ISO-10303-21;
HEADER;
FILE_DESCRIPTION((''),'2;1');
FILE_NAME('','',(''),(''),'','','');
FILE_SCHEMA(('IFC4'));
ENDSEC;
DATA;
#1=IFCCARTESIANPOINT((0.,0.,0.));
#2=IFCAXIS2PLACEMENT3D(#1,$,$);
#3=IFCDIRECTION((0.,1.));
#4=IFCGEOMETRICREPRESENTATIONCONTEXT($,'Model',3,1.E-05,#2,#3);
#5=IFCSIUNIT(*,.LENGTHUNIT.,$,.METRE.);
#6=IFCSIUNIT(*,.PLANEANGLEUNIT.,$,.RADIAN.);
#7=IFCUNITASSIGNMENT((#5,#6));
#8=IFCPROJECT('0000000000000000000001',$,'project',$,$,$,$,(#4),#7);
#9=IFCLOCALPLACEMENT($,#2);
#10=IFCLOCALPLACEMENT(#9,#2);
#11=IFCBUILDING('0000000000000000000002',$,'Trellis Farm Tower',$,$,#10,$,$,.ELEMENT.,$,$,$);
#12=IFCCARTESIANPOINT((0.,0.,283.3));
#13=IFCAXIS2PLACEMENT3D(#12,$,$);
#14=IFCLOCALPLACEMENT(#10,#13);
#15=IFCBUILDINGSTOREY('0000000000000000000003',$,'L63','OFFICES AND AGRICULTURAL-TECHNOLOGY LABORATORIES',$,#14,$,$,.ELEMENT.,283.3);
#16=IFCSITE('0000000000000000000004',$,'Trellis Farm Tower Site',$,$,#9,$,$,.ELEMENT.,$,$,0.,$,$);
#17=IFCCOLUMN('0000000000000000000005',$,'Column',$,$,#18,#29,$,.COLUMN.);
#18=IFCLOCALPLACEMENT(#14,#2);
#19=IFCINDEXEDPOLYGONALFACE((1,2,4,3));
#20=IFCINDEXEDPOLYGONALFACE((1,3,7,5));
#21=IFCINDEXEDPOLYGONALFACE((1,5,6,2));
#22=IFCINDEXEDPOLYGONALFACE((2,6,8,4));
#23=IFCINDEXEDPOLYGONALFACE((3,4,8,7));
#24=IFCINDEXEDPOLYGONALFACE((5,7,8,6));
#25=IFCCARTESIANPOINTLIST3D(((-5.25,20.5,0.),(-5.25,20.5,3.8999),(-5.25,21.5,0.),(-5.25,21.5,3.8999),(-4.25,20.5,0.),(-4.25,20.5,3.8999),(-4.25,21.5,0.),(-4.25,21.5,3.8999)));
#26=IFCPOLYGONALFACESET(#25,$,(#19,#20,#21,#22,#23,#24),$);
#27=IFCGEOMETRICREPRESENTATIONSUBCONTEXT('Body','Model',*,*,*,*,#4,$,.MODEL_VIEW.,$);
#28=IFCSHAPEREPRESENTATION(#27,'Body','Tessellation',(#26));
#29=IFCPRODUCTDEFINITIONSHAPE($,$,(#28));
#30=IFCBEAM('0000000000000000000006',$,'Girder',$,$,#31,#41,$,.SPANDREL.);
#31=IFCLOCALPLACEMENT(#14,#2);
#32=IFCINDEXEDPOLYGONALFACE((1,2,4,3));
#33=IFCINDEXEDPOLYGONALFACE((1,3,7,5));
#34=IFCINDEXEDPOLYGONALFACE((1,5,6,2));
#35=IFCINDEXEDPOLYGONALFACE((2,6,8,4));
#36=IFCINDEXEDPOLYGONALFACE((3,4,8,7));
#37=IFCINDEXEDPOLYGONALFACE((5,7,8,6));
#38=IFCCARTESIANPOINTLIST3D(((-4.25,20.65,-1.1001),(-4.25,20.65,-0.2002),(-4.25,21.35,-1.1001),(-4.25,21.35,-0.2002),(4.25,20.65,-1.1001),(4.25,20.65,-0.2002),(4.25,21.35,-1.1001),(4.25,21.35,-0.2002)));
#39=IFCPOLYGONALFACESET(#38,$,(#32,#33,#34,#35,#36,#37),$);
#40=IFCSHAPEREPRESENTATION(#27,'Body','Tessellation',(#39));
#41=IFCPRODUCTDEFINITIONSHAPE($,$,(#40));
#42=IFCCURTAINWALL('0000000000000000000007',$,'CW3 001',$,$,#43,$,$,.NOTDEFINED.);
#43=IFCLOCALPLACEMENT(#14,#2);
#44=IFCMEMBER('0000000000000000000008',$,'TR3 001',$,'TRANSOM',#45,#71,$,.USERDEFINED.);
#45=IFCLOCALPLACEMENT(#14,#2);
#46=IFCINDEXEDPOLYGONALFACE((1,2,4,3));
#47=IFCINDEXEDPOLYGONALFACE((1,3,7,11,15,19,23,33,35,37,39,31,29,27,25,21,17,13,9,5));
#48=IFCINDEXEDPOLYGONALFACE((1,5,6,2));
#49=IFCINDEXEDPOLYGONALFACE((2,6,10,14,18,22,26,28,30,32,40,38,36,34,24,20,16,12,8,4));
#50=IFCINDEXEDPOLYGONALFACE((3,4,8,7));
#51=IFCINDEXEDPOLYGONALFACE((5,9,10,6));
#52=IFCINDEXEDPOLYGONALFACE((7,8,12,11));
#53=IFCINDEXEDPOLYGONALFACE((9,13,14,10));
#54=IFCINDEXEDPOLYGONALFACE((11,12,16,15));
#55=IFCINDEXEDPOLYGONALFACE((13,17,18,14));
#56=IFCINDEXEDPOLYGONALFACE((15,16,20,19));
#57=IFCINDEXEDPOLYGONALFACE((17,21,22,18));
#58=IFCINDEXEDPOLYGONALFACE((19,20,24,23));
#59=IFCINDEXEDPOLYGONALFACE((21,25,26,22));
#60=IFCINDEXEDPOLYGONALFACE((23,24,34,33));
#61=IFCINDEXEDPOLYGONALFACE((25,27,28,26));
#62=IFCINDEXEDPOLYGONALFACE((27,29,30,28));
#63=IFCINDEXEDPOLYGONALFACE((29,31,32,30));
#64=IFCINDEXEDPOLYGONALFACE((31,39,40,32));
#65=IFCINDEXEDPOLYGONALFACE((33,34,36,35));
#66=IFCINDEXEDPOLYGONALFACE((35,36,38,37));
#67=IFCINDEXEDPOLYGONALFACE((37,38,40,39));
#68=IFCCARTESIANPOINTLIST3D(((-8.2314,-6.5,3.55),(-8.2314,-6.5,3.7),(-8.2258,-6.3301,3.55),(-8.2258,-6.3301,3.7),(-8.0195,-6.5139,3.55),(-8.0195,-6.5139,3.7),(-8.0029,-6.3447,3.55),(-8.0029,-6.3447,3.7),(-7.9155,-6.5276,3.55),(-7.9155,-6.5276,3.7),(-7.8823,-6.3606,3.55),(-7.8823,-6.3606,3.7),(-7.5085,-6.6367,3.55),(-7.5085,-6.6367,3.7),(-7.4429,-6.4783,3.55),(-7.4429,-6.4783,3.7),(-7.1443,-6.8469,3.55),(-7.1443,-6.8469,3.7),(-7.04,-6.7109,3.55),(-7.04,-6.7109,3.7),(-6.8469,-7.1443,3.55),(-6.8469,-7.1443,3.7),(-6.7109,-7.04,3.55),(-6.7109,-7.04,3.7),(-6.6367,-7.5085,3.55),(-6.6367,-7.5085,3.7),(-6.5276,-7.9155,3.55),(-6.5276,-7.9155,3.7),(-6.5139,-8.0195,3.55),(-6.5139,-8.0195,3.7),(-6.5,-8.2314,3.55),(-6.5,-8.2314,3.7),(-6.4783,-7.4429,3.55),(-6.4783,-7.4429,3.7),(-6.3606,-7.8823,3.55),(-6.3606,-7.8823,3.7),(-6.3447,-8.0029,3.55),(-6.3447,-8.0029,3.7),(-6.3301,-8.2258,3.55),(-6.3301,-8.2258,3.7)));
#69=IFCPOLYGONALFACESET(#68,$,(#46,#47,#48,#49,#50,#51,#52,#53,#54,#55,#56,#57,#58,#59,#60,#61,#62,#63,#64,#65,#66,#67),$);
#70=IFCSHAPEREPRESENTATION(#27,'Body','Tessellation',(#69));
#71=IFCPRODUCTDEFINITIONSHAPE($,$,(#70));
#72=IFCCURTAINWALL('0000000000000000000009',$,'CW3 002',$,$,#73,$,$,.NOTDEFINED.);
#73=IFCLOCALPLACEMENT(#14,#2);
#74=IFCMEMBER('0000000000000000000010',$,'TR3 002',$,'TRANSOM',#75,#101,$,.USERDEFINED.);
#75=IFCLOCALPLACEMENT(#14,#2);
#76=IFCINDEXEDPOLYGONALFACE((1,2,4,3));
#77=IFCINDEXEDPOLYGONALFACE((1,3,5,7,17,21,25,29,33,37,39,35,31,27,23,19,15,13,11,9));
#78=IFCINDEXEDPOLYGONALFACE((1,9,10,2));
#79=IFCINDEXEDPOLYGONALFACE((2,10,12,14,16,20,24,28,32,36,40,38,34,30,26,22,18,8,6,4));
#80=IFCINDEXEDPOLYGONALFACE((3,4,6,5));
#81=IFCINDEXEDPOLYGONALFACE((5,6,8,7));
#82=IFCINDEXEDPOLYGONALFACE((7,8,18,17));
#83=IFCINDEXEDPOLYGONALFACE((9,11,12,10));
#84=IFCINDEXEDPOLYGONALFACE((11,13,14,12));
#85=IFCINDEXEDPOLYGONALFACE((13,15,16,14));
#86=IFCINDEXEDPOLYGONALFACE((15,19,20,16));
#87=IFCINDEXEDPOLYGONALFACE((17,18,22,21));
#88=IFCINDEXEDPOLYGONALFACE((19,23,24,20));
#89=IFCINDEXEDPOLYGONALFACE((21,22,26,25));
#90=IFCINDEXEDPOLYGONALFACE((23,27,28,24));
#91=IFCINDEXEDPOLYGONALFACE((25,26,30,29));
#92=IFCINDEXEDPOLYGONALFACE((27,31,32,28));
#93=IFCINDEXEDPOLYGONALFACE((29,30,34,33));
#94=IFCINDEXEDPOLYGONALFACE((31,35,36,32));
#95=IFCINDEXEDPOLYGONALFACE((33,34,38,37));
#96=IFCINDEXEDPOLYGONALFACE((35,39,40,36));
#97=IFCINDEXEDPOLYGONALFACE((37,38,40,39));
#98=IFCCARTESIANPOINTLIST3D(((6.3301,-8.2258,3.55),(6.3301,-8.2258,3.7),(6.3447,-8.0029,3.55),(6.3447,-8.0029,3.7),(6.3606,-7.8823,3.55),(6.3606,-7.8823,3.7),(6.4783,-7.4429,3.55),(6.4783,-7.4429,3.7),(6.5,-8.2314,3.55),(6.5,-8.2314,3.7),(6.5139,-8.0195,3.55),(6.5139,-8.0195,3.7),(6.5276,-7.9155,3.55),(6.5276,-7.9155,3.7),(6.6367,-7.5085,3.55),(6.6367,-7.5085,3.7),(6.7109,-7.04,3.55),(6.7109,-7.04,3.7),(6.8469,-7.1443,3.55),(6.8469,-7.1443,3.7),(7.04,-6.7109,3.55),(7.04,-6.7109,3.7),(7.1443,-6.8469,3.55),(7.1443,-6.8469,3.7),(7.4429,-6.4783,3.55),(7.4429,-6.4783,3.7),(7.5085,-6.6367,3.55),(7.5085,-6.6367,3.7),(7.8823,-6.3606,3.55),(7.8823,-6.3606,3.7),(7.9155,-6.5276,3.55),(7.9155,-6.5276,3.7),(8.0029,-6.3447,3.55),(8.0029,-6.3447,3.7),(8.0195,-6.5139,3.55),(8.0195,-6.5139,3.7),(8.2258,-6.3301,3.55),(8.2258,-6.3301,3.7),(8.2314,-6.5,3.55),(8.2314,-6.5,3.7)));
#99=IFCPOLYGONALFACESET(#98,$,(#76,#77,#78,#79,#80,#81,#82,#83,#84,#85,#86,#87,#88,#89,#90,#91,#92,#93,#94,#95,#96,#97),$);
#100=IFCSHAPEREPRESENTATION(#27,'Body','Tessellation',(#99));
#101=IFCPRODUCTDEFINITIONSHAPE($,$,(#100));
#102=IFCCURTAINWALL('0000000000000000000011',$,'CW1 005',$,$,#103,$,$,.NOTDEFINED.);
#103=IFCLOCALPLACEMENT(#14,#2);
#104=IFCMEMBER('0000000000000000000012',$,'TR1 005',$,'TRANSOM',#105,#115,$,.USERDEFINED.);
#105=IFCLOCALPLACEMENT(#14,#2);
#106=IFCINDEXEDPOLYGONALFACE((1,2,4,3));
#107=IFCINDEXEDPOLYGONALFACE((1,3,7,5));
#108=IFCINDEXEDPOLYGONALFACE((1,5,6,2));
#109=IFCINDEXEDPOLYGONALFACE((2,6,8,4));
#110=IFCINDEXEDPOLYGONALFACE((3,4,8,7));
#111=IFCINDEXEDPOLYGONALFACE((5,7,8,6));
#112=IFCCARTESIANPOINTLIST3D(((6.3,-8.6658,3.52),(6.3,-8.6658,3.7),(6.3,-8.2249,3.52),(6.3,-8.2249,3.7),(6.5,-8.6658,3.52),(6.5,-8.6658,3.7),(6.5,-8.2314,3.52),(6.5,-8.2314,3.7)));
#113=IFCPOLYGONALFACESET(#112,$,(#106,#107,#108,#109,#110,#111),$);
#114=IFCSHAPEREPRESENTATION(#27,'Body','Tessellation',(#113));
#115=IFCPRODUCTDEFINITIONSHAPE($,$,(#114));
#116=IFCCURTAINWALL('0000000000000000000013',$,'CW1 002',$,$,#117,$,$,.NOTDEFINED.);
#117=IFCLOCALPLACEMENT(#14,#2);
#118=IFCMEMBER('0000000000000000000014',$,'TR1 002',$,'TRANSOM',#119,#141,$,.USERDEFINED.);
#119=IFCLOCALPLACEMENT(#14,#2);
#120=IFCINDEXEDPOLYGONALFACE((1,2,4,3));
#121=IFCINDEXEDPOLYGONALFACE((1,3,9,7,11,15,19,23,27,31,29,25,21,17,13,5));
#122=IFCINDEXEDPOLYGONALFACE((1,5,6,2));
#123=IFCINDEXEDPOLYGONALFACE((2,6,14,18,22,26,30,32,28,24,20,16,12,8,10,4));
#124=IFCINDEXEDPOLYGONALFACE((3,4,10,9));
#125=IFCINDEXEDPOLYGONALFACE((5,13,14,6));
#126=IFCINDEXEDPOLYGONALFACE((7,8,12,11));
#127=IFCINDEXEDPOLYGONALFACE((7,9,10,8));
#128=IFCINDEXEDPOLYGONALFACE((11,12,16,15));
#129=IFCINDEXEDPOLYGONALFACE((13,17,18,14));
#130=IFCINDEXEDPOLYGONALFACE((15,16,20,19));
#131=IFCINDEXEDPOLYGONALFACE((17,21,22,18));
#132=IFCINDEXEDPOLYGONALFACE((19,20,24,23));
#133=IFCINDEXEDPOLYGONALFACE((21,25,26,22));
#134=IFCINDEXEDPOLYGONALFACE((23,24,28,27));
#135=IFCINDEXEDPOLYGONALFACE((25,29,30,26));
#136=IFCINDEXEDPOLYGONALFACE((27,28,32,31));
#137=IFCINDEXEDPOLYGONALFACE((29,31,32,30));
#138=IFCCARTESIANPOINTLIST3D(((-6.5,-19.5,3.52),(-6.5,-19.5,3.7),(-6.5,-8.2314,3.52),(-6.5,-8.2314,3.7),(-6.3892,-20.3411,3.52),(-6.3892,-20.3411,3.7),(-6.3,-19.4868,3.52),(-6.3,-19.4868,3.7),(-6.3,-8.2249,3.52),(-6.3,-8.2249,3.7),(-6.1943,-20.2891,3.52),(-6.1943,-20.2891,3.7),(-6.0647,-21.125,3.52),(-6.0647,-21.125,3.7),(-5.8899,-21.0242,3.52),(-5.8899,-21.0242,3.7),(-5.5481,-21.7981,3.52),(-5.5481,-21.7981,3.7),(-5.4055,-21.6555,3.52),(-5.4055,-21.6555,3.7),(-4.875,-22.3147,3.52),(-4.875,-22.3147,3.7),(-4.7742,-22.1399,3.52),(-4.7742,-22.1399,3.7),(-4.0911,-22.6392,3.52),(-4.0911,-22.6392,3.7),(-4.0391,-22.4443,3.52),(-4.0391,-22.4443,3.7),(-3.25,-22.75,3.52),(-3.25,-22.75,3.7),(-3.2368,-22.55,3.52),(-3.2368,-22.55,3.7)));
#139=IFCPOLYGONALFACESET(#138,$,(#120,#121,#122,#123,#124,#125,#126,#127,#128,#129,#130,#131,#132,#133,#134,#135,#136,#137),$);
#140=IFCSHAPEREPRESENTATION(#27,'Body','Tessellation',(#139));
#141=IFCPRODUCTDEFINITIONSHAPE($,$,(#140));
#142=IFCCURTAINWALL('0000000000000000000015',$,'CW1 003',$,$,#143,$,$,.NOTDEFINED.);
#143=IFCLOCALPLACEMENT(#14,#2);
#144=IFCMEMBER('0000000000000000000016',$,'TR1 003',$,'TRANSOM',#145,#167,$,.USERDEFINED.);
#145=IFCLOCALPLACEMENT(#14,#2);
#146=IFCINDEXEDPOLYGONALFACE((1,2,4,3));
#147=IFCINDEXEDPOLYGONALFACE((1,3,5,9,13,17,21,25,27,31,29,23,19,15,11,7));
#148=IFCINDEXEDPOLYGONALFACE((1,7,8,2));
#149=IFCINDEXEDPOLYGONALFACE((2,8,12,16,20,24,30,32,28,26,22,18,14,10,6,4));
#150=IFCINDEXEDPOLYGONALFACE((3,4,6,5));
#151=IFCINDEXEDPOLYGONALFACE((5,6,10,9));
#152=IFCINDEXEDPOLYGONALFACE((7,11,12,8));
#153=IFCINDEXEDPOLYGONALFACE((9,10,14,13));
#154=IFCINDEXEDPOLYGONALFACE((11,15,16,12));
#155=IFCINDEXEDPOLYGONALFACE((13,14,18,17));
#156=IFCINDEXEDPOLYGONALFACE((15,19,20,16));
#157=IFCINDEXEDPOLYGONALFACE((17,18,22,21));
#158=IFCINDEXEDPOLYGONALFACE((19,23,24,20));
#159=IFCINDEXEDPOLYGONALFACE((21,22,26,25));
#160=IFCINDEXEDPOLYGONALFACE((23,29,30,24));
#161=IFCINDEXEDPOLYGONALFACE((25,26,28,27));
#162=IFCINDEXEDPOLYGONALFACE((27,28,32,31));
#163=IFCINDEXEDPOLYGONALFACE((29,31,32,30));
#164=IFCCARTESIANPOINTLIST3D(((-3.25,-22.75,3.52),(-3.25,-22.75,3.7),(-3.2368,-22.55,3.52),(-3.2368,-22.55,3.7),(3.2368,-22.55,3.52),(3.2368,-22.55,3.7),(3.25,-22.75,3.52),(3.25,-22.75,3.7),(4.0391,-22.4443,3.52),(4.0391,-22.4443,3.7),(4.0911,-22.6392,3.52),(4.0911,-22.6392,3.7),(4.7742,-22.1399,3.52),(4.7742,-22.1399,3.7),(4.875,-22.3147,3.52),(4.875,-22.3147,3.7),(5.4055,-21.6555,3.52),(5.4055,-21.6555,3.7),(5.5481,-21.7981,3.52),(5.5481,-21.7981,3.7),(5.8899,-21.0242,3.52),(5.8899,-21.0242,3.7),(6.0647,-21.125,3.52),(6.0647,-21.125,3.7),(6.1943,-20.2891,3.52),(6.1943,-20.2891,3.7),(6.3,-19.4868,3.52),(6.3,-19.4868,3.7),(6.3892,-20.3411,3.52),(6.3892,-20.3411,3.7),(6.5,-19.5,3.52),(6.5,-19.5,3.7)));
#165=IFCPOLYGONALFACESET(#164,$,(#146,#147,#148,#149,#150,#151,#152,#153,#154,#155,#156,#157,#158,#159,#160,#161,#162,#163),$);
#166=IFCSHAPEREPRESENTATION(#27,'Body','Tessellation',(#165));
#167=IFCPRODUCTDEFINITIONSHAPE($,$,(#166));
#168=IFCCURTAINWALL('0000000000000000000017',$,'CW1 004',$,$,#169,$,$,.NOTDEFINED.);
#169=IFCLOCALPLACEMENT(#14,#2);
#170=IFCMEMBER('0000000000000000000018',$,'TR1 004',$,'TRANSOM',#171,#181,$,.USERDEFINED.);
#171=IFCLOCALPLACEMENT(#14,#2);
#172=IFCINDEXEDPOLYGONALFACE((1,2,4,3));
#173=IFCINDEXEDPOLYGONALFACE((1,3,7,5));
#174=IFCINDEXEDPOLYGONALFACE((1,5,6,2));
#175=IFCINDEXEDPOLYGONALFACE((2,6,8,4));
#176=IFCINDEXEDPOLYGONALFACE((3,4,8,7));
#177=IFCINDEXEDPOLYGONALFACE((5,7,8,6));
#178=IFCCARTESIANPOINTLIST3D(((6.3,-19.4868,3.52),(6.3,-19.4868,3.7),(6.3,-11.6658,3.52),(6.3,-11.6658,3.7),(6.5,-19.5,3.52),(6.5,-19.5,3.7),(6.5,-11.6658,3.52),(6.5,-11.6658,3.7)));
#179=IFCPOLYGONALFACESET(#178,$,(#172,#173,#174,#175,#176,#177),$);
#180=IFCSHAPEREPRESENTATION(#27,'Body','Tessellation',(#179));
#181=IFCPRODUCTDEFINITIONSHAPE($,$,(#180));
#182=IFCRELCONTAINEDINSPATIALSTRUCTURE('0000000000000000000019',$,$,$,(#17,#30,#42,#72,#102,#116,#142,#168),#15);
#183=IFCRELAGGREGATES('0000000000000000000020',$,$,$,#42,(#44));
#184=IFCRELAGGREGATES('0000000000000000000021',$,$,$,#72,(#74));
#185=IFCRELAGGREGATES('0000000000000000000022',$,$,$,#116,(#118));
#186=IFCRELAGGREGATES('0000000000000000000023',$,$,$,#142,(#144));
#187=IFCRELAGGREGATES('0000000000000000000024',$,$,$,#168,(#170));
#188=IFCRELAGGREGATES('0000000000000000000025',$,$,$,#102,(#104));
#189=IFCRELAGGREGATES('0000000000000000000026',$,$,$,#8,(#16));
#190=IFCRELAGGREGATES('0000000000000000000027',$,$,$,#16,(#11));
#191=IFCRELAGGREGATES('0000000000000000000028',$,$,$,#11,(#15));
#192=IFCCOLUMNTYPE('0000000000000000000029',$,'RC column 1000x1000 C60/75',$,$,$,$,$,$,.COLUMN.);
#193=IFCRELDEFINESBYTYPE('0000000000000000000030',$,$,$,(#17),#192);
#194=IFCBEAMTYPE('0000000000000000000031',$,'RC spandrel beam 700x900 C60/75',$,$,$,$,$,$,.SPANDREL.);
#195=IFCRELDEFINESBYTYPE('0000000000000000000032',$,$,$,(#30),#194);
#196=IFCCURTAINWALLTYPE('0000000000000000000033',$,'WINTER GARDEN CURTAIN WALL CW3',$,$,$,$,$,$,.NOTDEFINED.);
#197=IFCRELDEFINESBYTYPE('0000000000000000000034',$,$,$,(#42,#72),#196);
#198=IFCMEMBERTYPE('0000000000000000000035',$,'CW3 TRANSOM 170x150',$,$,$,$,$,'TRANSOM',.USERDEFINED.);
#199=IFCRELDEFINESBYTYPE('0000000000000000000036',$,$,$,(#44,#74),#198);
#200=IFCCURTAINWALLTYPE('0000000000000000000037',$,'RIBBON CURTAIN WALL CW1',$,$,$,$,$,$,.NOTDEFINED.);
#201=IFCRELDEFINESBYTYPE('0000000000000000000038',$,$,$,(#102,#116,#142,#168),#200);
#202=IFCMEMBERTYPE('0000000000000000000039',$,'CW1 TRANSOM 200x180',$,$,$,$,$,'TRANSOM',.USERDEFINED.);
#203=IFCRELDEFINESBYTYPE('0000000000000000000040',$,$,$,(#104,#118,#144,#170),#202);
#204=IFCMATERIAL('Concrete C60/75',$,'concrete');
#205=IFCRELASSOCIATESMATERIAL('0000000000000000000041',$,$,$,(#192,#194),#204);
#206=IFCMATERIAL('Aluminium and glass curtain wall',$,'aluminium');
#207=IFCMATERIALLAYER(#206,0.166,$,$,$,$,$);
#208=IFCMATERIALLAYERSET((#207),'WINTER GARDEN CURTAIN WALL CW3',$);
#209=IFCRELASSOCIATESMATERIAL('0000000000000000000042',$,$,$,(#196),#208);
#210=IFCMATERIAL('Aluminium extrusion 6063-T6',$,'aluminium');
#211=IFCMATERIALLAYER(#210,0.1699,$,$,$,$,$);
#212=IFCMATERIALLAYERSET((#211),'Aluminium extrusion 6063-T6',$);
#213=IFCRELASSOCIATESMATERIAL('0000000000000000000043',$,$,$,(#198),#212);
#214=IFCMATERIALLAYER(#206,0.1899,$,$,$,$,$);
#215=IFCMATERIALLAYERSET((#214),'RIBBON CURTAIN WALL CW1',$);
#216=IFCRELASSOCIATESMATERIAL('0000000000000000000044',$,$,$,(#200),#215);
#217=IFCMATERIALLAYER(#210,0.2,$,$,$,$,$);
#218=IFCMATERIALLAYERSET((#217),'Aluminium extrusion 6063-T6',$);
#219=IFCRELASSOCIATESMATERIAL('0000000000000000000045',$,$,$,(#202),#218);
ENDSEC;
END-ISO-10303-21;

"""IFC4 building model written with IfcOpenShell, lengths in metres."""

from ifc_helpers import new_model, si_unit, direction, frame, origin, origin_2d, place, context, subcontext, project, spatial, polyline, rectangle, outline, extrude, source, transform, mapped, material, layer, layer_set, material_profile, profile_set, type_object, element, aggregate, save


model = new_model("IFC4")

# Units and contexts
model_context = context("Model", 3, precision=1e-05, world=origin(), true_north=direction((0.0, 1.0)))
body_context = subcontext(model_context, "Body", "Model", "MODEL_VIEW")
ifc_project = project(units=[si_unit("LENGTHUNIT", "METRE"), si_unit("PLANEANGLEUNIT", "RADIAN")], contexts=[model_context])

# Site, building, storey
site_placement = place(None, origin())
site = spatial("IfcSite", under=ifc_project, at=site_placement, Name="Trellis Farm Tower Site", CompositionType="ELEMENT", RefElevation=0.0)
building_placement = place(site_placement, origin())
building = spatial("IfcBuilding", under=site, at=building_placement, Name="Trellis Farm Tower", CompositionType="ELEMENT")
storey_placement = place(building_placement, frame((0.0, 0.0, 283.3)))
storey = spatial("IfcBuildingStorey", under=building, at=storey_placement, Name="L63", Description="OFFICES AND AGRICULTURAL-TECHNOLOGY LABORATORIES", CompositionType="ELEMENT", Elevation=283.3)

# Column
ifc_material_1 = material(Name="Concrete C60/75", Category="concrete")
ifc_material_profile_1 = material_profile(ifc_material_1, rectangle(XDim=1.0, YDim=1.0, at=origin_2d()), Name="RC column 1000x1000 C60/75")
ifc_profile_set_1 = profile_set([ifc_material_profile_1], Name="Concrete C60/75")
column_type = type_object("IfcColumnType", Name="RC column 1000x1000 C60/75", PredefinedType="COLUMN", material=ifc_profile_set_1)
shared_shape_1 = source(origin(), body_context, "Body", "SweptSolid", [
    extrude(rectangle(XDim=1.0, YDim=1.0, at=origin_2d()), origin(), (0.0, 0.0, 1.0), 3.8999),
])
column_placement = place(storey_placement, frame((-4.75, 21.0, 0.0), z_axis=(0.0, 0.0, 1.0), x_axis=(1.0, 0.0, 0.0)))
element("IfcColumn", 1, at=column_placement, inside=storey, type_object=column_type, Name="Column", PredefinedType="COLUMN", context=body_context, shape_type="MappedRepresentation", body=[
    mapped(shared_shape_1, transform((0.0, 0.0, 0.0))),
])

# Beam
ifc_material_profile_2 = material_profile(ifc_material_1, rectangle(XDim=0.7, YDim=0.8999, at=origin_2d()), Name="RC spandrel beam 700x900 C60/75")
ifc_profile_set_2 = profile_set([ifc_material_profile_2], Name="Concrete C60/75")
beam_type = type_object("IfcBeamType", Name="RC spandrel beam 700x900 C60/75", PredefinedType="SPANDREL", material=ifc_profile_set_2)
shared_shape_2 = source(origin(), body_context, "Body", "SweptSolid", [
    extrude(rectangle(XDim=0.7, YDim=0.8999, at=origin_2d()), origin(), (0.0, 0.0, 1.0), 8.5),
])
beam_placement = place(storey_placement, frame((-4.25, 21.0, -0.6501), z_axis=(1.0, 0.0, 0.0), x_axis=(0.0, 1.0, 0.0)))
element("IfcBeam", 2, at=beam_placement, inside=storey, type_object=beam_type, Name="Girder", PredefinedType="SPANDREL", context=body_context, shape_type="MappedRepresentation", body=[
    mapped(shared_shape_2, transform((0.0, 0.0, 0.0))),
])

# Curtain walls, members
ifc_material_2 = material(Name="Aluminium and glass curtain wall", Category="aluminium")
ifc_layer_1 = layer(ifc_material_2, 0.166)
ifc_layer_set_1 = layer_set([ifc_layer_1], Name="WINTER GARDEN CURTAIN WALL CW3")
curtain_wall_type_1 = type_object("IfcCurtainWallType", Name="WINTER GARDEN CURTAIN WALL CW3", PredefinedType="NOTDEFINED", material=ifc_layer_set_1)
placement_1 = place(storey_placement, origin())
curtain_wall_1 = element("IfcCurtainWall", 3, at=placement_1, inside=storey, type_object=curtain_wall_type_1, Name="CW3 001", PredefinedType="NOTDEFINED")
ifc_material_3 = material(Name="Aluminium extrusion 6063-T6", Category="aluminium")
ifc_layer_2 = layer(ifc_material_3, 0.1699)
ifc_layer_set_2 = layer_set([ifc_layer_2], Name="Aluminium extrusion 6063-T6")
member_type_1 = type_object("IfcMemberType", Name="CW3 TRANSOM 170x150", ElementType="TRANSOM", PredefinedType="USERDEFINED", material=ifc_layer_set_2)
shared_shape_3 = source(origin(), body_context, "Body", "SweptSolid", [
    extrude(outline(polyline([(-8.2314, -6.5), (-8.0195, -6.5139), (-7.9155, -6.5276), (-7.5085, -6.6367), (-7.1443, -6.8469), (-6.8469, -7.1443), (-6.6367, -7.5085), (-6.5276, -7.9155), (-6.5139, -8.0195), (-6.5, -8.2314), (-6.3301, -8.2258), (-6.3447, -8.0029), (-6.3606, -7.8823), (-6.4783, -7.4429), (-6.7109, -7.04), (-7.04, -6.7109), (-7.4429, -6.4783), (-7.8823, -6.3606), (-8.0029, -6.3447), (-8.2258, -6.3301), (-8.2314, -6.5)])), origin(), (0.0, 0.0, 1.0), 0.1499),
])
placement_2 = place(storey_placement, frame((0.0, 0.0, 3.55)))
member_1 = element("IfcMember", 4, at=placement_2, type_object=member_type_1, Name="TR3 001", ObjectType="TRANSOM", PredefinedType="USERDEFINED", context=body_context, shape_type="MappedRepresentation", body=[
    mapped(shared_shape_3, transform((0.0, 0.0, 0.0))),
])
curtain_wall_2 = element("IfcCurtainWall", 5, at=placement_1, inside=storey, type_object=curtain_wall_type_1, Name="CW3 002", PredefinedType="NOTDEFINED")
shared_shape_4 = source(origin(), body_context, "Body", "SweptSolid", [
    extrude(outline(polyline([(6.5, -8.2314), (6.5139, -8.0195), (6.5276, -7.9155), (6.6367, -7.5085), (6.8469, -7.1443), (7.1443, -6.8469), (7.5085, -6.6367), (7.9155, -6.5276), (8.0195, -6.5139), (8.2314, -6.5), (8.2258, -6.3301), (8.0029, -6.3447), (7.8823, -6.3606), (7.4429, -6.4783), (7.04, -6.7109), (6.7109, -7.04), (6.4783, -7.4429), (6.3606, -7.8823), (6.3447, -8.0029), (6.3301, -8.2258), (6.5, -8.2314)])), origin(), (0.0, 0.0, 1.0), 0.1499),
])
member_2 = element("IfcMember", 6, at=placement_2, type_object=member_type_1, Name="TR3 002", ObjectType="TRANSOM", PredefinedType="USERDEFINED", context=body_context, shape_type="MappedRepresentation", body=[
    mapped(shared_shape_4, transform((0.0, 0.0, 0.0))),
])
ifc_layer_3 = layer(ifc_material_2, 0.1899)
ifc_layer_set_3 = layer_set([ifc_layer_3], Name="RIBBON CURTAIN WALL CW1")
curtain_wall_type_2 = type_object("IfcCurtainWallType", Name="RIBBON CURTAIN WALL CW1", PredefinedType="NOTDEFINED", material=ifc_layer_set_3)
curtain_wall_3 = element("IfcCurtainWall", 7, at=placement_1, inside=storey, type_object=curtain_wall_type_2, Name="CW1 005", PredefinedType="NOTDEFINED")
ifc_layer_4 = layer(ifc_material_3, 0.2)
ifc_layer_set_4 = layer_set([ifc_layer_4], Name="Aluminium extrusion 6063-T6")
member_type_2 = type_object("IfcMemberType", Name="CW1 TRANSOM 200x180", ElementType="TRANSOM", PredefinedType="USERDEFINED", material=ifc_layer_set_4)
shared_shape_5 = source(origin(), body_context, "Body", "SweptSolid", [
    extrude(outline(polyline([(6.5, -8.6658), (6.5, -8.2314), (6.3, -8.2249), (6.3, -8.6658), (6.5, -8.6658)])), origin(), (0.0, 0.0, 1.0), 0.1799),
])
placement_3 = place(storey_placement, frame((0.0, 0.0, 3.52)))
member_3 = element("IfcMember", 8, at=placement_3, type_object=member_type_2, Name="TR1 005", ObjectType="TRANSOM", PredefinedType="USERDEFINED", context=body_context, shape_type="MappedRepresentation", body=[
    mapped(shared_shape_5, transform((0.0, 0.0, 0.0))),
])
curtain_wall_4 = element("IfcCurtainWall", 9, at=placement_1, inside=storey, type_object=curtain_wall_type_2, Name="CW1 002", PredefinedType="NOTDEFINED")
shared_shape_6 = source(origin(), body_context, "Body", "SweptSolid", [
    extrude(outline(polyline([(-6.5, -8.2314), (-6.5, -19.5), (-6.3892, -20.3411), (-6.0647, -21.125), (-5.5481, -21.7981), (-4.875, -22.3147), (-4.0911, -22.6392), (-3.25, -22.75), (-3.2368, -22.55), (-4.0391, -22.4443), (-4.7742, -22.1399), (-5.4055, -21.6555), (-5.8899, -21.0242), (-6.1943, -20.2891), (-6.3, -19.4868), (-6.3, -8.2249), (-6.5, -8.2314)])), origin(), (0.0, 0.0, 1.0), 0.1799),
])
member_4 = element("IfcMember", 10, at=placement_3, type_object=member_type_2, Name="TR1 002", ObjectType="TRANSOM", PredefinedType="USERDEFINED", context=body_context, shape_type="MappedRepresentation", body=[
    mapped(shared_shape_6, transform((0.0, 0.0, 0.0))),
])
curtain_wall_5 = element("IfcCurtainWall", 11, at=placement_1, inside=storey, type_object=curtain_wall_type_2, Name="CW1 003", PredefinedType="NOTDEFINED")
shared_shape_7 = source(origin(), body_context, "Body", "SweptSolid", [
    extrude(outline(polyline([(-3.25, -22.75), (3.25, -22.75), (4.0911, -22.6392), (4.875, -22.3147), (5.5481, -21.7981), (6.0647, -21.125), (6.3892, -20.3411), (6.5, -19.5), (6.3, -19.4868), (6.1943, -20.2891), (5.8899, -21.0242), (5.4055, -21.6555), (4.7742, -22.1399), (4.0391, -22.4443), (3.2368, -22.55), (-3.2368, -22.55), (-3.25, -22.75)])), origin(), (0.0, 0.0, 1.0), 0.1799),
])
member_5 = element("IfcMember", 12, at=placement_3, type_object=member_type_2, Name="TR1 003", ObjectType="TRANSOM", PredefinedType="USERDEFINED", context=body_context, shape_type="MappedRepresentation", body=[
    mapped(shared_shape_7, transform((0.0, 0.0, 0.0))),
])
curtain_wall_6 = element("IfcCurtainWall", 13, at=placement_1, inside=storey, type_object=curtain_wall_type_2, Name="CW1 004", PredefinedType="NOTDEFINED")
shared_shape_8 = source(origin(), body_context, "Body", "SweptSolid", [
    extrude(outline(polyline([(6.5, -19.5), (6.5, -11.6658), (6.3, -11.6658), (6.3, -19.4868), (6.5, -19.5)])), origin(), (0.0, 0.0, 1.0), 0.1799),
])
member_6 = element("IfcMember", 14, at=placement_3, type_object=member_type_2, Name="TR1 004", ObjectType="TRANSOM", PredefinedType="USERDEFINED", context=body_context, shape_type="MappedRepresentation", body=[
    mapped(shared_shape_8, transform((0.0, 0.0, 0.0))),
])

aggregate(curtain_wall_1, [member_1])
aggregate(curtain_wall_2, [member_2])
aggregate(curtain_wall_4, [member_4])
aggregate(curtain_wall_5, [member_5])
aggregate(curtain_wall_6, [member_6])
aggregate(curtain_wall_3, [member_3])

save(model, "model.ifc")
